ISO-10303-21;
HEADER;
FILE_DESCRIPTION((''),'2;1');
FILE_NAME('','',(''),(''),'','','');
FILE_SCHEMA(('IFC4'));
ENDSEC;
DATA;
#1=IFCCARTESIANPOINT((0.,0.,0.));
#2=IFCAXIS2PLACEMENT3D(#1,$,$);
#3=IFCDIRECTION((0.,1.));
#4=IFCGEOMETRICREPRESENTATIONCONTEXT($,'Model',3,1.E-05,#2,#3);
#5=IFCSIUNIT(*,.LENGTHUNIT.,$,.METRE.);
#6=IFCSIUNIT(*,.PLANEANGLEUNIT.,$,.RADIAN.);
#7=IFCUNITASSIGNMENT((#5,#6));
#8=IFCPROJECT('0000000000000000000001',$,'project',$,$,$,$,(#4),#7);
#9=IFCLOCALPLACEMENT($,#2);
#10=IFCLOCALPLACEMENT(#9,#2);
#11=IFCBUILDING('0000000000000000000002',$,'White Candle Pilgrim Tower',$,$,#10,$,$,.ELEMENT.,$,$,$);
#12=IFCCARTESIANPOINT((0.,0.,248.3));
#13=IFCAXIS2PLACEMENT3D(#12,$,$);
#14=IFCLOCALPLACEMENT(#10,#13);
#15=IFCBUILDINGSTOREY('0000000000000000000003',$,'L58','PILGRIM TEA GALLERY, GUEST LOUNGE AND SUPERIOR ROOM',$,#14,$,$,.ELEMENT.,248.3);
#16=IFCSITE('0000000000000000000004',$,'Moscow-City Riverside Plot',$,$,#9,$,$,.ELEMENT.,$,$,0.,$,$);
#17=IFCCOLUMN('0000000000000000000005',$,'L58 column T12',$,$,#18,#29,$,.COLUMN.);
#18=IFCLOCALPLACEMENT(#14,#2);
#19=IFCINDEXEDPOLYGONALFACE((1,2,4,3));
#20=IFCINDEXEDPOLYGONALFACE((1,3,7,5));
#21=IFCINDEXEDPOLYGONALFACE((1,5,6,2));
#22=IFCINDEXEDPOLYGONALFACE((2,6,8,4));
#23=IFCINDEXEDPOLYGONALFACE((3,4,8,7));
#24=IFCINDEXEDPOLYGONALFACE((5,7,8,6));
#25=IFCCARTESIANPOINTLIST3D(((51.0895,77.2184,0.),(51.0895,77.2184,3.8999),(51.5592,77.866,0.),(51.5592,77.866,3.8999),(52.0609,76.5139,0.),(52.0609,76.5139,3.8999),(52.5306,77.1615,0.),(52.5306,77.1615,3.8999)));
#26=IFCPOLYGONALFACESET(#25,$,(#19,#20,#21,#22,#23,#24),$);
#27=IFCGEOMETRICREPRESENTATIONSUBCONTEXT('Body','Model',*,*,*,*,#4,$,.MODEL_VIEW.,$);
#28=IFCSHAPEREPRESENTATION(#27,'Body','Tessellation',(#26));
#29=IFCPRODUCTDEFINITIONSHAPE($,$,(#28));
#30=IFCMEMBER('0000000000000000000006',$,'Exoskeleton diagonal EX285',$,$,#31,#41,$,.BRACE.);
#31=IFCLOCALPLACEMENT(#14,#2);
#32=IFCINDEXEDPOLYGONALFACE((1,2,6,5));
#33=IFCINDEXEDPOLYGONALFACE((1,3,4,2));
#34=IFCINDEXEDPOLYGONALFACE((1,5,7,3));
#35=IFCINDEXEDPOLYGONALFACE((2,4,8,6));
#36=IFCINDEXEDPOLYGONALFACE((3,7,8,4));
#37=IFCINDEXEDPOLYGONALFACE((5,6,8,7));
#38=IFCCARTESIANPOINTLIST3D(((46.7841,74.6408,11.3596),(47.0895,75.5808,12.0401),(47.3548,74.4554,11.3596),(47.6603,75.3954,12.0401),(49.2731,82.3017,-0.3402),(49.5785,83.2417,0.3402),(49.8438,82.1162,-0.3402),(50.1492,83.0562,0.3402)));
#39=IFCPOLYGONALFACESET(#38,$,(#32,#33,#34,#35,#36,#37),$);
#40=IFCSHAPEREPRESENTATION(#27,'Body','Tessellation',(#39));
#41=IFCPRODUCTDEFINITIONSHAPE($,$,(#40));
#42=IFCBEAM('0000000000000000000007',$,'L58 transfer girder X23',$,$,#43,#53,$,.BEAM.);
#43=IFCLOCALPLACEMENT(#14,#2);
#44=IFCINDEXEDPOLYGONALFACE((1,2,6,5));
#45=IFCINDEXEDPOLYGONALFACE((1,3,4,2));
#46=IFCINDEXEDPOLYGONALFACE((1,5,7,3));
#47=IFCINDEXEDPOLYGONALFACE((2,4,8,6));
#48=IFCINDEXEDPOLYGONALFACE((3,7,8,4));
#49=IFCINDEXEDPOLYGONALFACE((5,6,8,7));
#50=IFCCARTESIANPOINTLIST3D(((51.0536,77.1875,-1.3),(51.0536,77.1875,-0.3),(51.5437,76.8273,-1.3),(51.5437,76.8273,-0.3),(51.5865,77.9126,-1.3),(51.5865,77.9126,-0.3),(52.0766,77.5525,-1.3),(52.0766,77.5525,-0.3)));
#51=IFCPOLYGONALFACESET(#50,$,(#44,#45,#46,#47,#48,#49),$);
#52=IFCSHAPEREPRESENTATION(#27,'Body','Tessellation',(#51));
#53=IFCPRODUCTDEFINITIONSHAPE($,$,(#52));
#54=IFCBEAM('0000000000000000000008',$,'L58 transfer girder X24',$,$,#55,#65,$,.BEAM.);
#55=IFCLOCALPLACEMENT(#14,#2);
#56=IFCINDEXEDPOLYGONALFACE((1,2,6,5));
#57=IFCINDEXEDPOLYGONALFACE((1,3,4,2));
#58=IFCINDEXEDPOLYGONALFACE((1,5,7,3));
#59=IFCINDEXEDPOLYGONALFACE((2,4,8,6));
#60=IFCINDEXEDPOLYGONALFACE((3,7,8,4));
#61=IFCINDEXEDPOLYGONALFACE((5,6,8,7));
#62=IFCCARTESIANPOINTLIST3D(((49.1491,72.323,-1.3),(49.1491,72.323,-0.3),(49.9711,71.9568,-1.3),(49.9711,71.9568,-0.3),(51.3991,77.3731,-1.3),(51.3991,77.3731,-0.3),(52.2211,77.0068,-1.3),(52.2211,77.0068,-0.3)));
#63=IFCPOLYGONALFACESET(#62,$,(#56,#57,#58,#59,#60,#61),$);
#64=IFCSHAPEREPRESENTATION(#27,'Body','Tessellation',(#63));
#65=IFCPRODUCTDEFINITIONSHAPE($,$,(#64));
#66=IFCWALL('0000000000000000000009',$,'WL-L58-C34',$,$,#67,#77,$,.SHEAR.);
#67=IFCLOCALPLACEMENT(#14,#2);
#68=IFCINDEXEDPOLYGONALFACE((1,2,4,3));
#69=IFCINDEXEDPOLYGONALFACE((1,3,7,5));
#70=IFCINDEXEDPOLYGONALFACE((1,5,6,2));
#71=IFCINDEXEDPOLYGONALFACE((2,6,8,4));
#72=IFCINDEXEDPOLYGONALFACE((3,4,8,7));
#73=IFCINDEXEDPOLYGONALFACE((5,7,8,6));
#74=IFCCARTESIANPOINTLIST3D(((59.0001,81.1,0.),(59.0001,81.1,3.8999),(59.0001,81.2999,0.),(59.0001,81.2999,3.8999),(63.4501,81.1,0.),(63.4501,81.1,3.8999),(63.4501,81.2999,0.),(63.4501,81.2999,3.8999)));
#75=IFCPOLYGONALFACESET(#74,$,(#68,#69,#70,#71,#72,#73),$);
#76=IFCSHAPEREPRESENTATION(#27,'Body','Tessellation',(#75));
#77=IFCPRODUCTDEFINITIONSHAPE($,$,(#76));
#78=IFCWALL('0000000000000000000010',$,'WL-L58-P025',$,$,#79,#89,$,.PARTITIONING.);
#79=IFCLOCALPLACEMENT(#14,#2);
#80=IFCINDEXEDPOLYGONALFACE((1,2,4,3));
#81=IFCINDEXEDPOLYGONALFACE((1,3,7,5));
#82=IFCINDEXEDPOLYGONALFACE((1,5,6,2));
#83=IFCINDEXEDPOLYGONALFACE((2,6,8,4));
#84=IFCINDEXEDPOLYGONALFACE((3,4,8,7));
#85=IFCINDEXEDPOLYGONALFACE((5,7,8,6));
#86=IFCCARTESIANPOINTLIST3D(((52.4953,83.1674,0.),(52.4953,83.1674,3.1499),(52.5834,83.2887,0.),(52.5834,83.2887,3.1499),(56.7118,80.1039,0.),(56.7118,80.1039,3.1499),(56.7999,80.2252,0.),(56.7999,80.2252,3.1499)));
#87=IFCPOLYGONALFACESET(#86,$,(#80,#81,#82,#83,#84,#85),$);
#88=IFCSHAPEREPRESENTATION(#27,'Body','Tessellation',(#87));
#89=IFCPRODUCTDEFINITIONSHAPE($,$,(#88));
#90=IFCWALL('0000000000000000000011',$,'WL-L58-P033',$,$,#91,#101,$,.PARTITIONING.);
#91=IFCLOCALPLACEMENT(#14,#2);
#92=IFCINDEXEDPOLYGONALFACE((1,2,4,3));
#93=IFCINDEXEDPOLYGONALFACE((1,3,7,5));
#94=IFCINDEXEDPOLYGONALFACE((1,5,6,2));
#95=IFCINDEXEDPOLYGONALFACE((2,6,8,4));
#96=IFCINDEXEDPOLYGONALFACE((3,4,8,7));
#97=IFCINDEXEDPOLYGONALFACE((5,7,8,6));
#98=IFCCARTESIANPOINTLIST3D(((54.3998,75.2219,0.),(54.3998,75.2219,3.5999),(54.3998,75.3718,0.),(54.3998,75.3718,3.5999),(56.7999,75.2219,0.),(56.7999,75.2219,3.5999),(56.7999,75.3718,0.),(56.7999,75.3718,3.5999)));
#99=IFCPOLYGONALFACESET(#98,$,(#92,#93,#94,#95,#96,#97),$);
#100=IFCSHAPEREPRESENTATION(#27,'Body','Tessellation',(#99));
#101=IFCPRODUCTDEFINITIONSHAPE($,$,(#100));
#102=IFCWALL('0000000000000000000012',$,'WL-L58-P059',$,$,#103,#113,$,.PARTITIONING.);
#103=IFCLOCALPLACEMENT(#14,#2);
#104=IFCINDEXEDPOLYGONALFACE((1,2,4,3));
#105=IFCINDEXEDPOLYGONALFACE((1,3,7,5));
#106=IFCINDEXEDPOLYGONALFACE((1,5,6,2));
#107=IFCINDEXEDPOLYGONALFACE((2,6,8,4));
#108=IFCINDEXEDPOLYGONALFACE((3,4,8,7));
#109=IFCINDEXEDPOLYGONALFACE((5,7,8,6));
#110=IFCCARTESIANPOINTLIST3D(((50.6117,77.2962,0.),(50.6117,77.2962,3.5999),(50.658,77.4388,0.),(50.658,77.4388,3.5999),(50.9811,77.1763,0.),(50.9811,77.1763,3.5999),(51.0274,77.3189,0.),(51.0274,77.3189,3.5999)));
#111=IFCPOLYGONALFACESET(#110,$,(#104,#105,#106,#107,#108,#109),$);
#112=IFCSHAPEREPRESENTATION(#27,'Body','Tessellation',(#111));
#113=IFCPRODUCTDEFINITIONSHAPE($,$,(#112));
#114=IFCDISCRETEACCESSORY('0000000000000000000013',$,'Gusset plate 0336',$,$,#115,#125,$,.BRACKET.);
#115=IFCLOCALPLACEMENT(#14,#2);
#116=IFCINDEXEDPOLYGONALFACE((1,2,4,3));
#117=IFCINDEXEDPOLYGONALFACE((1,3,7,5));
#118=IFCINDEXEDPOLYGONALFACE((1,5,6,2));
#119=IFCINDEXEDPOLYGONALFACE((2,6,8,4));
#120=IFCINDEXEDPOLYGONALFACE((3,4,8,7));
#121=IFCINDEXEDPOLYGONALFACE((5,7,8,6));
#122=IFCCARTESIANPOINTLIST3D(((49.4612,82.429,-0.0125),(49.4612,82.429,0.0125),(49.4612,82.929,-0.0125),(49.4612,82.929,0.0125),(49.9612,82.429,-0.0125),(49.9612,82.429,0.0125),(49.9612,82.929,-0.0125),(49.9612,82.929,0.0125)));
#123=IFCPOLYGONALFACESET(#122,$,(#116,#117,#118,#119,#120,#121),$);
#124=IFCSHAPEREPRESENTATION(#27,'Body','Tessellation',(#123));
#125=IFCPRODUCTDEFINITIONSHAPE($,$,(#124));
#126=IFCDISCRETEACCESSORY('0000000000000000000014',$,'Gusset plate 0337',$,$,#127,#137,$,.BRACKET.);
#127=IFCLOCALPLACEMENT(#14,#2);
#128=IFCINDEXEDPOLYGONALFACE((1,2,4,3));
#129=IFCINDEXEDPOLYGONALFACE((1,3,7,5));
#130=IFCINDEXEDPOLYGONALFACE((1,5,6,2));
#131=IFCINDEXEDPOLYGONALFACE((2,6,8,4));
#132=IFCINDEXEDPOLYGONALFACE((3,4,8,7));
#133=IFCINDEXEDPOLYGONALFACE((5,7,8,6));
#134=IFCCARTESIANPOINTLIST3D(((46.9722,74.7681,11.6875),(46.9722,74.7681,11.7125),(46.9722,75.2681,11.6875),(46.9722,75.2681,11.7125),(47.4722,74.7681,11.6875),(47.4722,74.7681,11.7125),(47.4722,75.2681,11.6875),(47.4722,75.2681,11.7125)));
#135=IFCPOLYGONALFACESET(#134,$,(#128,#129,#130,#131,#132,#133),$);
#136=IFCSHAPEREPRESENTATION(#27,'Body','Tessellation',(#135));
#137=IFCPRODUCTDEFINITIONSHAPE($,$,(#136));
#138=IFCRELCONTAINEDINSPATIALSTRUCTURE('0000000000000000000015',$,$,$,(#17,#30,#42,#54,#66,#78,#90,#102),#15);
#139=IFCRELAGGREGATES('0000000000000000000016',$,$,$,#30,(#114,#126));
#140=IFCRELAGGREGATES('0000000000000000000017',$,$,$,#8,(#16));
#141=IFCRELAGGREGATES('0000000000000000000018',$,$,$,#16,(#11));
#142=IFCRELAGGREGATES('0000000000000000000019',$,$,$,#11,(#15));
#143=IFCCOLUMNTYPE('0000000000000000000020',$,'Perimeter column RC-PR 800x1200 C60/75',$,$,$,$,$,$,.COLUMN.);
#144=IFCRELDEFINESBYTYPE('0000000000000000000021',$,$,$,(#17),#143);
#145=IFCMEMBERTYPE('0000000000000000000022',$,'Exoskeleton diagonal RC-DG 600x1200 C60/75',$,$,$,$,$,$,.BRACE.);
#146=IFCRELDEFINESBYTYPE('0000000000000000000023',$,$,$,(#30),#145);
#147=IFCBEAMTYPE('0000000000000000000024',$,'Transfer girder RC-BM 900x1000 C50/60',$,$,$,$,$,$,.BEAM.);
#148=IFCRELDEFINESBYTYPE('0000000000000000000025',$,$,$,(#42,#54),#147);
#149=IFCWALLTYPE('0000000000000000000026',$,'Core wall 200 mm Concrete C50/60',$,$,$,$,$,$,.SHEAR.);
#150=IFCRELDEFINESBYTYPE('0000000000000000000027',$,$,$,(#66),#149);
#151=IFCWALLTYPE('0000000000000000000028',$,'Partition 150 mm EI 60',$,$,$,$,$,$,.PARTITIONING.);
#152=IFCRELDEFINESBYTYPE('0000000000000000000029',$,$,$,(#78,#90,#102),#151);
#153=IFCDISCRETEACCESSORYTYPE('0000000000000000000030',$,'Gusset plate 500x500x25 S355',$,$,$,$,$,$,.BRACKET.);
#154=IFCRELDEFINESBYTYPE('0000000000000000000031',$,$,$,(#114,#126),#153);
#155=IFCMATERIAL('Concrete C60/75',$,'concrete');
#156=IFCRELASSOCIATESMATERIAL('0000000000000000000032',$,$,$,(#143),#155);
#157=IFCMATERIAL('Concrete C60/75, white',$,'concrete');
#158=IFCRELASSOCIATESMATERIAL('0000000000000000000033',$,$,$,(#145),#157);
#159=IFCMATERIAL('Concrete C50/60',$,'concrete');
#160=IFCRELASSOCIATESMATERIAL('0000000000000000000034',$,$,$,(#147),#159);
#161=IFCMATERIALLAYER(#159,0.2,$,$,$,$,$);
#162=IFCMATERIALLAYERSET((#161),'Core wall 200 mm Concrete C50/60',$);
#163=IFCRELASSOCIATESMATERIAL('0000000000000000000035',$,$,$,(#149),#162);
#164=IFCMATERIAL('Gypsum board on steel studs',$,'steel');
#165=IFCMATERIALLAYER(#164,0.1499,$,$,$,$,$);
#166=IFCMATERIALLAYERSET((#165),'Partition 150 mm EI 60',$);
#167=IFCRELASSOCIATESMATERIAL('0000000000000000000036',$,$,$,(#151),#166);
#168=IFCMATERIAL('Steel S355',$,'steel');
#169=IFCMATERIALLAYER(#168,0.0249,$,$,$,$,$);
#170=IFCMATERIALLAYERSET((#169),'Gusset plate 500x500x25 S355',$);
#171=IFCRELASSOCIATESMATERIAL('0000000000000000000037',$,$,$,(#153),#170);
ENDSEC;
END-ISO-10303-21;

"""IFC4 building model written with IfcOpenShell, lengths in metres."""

from ifc_helpers import new_model, si_unit, direction, frame, frame_2d, origin, origin_2d, place, context, subcontext, project, spatial, rectangle, extrude, material, layer, layer_set, material_profile, profile_set, type_object, element, aggregate, save


model = new_model("IFC4")

# Units and contexts
model_context = context("Model", 3, precision=1e-05, world=origin(), true_north=direction((0.0, 1.0)))
body_context = subcontext(model_context, "Body", "Model", "MODEL_VIEW")
ifc_project = project(units=[si_unit("LENGTHUNIT", "METRE"), si_unit("PLANEANGLEUNIT", "RADIAN")], contexts=[model_context])

# Site, building, storey
site_placement = place(None, origin())
site = spatial("IfcSite", under=ifc_project, at=site_placement, Name="Moscow-City Riverside Plot", CompositionType="ELEMENT", RefElevation=0.0)
building_placement = place(site_placement, origin())
building = spatial("IfcBuilding", under=site, at=building_placement, Name="White Candle Pilgrim Tower", CompositionType="ELEMENT")
storey_placement = place(building_placement, frame((0.0, 0.0, 248.3)))
storey = spatial("IfcBuildingStorey", under=building, at=storey_placement, Name="L58", Description="PILGRIM TEA GALLERY, GUEST LOUNGE AND SUPERIOR ROOM", CompositionType="ELEMENT", Elevation=248.3)

# Column
ifc_material_1 = material(Name="Concrete C60/75", Category="concrete")
ifc_material_profile_1 = material_profile(ifc_material_1, rectangle(XDim=0.8, YDim=1.2, at=origin_2d()), Name="RC-PR 800x1200")
ifc_profile_set_1 = profile_set([ifc_material_profile_1], Name="Concrete C60/75")
column_type = type_object("IfcColumnType", Name="Perimeter column RC-PR 800x1200 C60/75", PredefinedType="COLUMN", material=ifc_profile_set_1)
column_placement = place(storey_placement, frame((51.8101, 77.1899, 0.0), z_axis=(0.0, 0.0, 1.0), x_axis=(0.587107, 0.809509, 0.0)))
element("IfcColumn", 1, at=column_placement, inside=storey, type_object=column_type, Name="L58 column T12", PredefinedType="COLUMN", context=body_context, shape_type="SweptSolid", body=[
    extrude(rectangle(XDim=0.8, YDim=1.2, at=origin_2d()), origin(), (0.0, 0.0, 1.0), 3.8999),
])

# Member
ifc_material_2 = material(Name="Concrete C60/75, white", Category="concrete")
ifc_material_profile_2 = material_profile(ifc_material_2, rectangle(XDim=0.6001, YDim=1.2, at=origin_2d()), Name="RC-DG 600x1200")
ifc_profile_set_2 = profile_set([ifc_material_profile_2], Name="Concrete C60/75, white")
member_type = type_object("IfcMemberType", Name="Exoskeleton diagonal RC-DG 600x1200 C60/75", PredefinedType="BRACE", material=ifc_profile_set_2)
member_placement = place(storey_placement, frame((49.7112, 82.679, 0.0), z_axis=(-0.175225, -0.539321, 0.823668), x_axis=(0.951062, -0.308999, 0.0)))
member = element("IfcMember", 2, at=member_placement, inside=storey, type_object=member_type, Name="Exoskeleton diagonal EX285", PredefinedType="BRACE", context=body_context, shape_type="SweptSolid", body=[
    extrude(rectangle(XDim=0.6001, YDim=1.2, at=origin_2d()), origin(), (0.0, 0.0, 1.0), 14.2046),
])

# Beams
ifc_material_3 = material(Name="Concrete C50/60", Category="concrete")
ifc_material_profile_3 = material_profile(ifc_material_3, rectangle(XDim=0.8999, YDim=1.0, at=origin_2d()), Name="RC-BM 900x1000")
ifc_profile_set_3 = profile_set([ifc_material_profile_3], Name="Concrete C50/60")
beam_type = type_object("IfcBeamType", Name="Transfer girder RC-BM 900x1000 C50/60", PredefinedType="BEAM", material=ifc_profile_set_3)
beam_1_placement = place(storey_placement, frame((51.3201, 77.55, -0.8), z_axis=(0.805792, -0.592199, 0.0), x_axis=(0.592199, 0.805792, 0.0)))
element("IfcBeam", 3, at=beam_1_placement, inside=storey, type_object=beam_type, Name="L58 transfer girder X23", PredefinedType="BEAM", context=body_context, shape_type="SweptSolid", body=[
    extrude(rectangle(XDim=0.8999, YDim=1.0, at=origin_2d()), origin(), (0.0, 0.0, 1.0), 0.6082),
])
beam_2_placement = place(storey_placement, frame((51.8101, 77.1899, -0.8), z_axis=(-0.406974, -0.91344, 0.0), x_axis=(0.91344, -0.406974, 0.0)))
element("IfcBeam", 4, at=beam_2_placement, inside=storey, type_object=beam_type, Name="L58 transfer girder X24", PredefinedType="BEAM", context=body_context, shape_type="SweptSolid", body=[
    extrude(rectangle(XDim=0.8999, YDim=1.0, at=origin_2d()), origin(), (0.0, 0.0, 1.0), 5.5286),
])

# Walls
ifc_layer_1 = layer(ifc_material_3, 0.2)
ifc_layer_set_1 = layer_set([ifc_layer_1], Name="Core wall 200 mm Concrete C50/60")
wall_type_1 = type_object("IfcWallType", Name="Core wall 200 mm Concrete C50/60", PredefinedType="SHEAR", material=ifc_layer_set_1)
wall_1_placement = place(storey_placement, frame((59.0, 81.2, 0.0), z_axis=(0.0, 0.0, 1.0), x_axis=(1.0, 0.0, 0.0)))
element("IfcWall", 5, at=wall_1_placement, inside=storey, type_object=wall_type_1, Name="WL-L58-C34", PredefinedType="SHEAR", context=body_context, shape_type="SweptSolid", body=[
    extrude(rectangle(XDim=4.45, YDim=0.2, at=frame_2d((2.2251, 0.0))), origin(), (0.0, 0.0, 1.0), 3.8999),
])
ifc_material_4 = material(Name="Gypsum board on steel studs", Category="steel")
ifc_layer_2 = layer(ifc_material_4, 0.1499)
ifc_layer_set_2 = layer_set([ifc_layer_2], Name="Partition 150 mm EI 60")
wall_type_2 = type_object("IfcWallType", Name="Partition 150 mm EI 60", PredefinedType="PARTITIONING", material=ifc_layer_set_2)
wall_2_placement = place(storey_placement, frame((52.5393, 83.228, 0.0), z_axis=(0.0, 0.0, 1.0), x_axis=(0.80902, -0.587782, 0.0)))
element("IfcWall", 6, at=wall_2_placement, inside=storey, type_object=wall_type_2, Name="WL-L58-P025", PredefinedType="PARTITIONING", context=body_context, shape_type="SweptSolid", body=[
    extrude(rectangle(XDim=5.2119, YDim=0.1499, at=frame_2d((2.606, 0.0))), origin(), (0.0, 0.0, 1.0), 3.1499),
])
wall_3_placement = place(storey_placement, frame((56.8, 75.2969, 0.0), z_axis=(0.0, 0.0, 1.0), x_axis=(-1.0, 0.0, 0.0)))
element("IfcWall", 7, at=wall_3_placement, inside=storey, type_object=wall_type_2, Name="WL-L58-P033", PredefinedType="PARTITIONING", context=body_context, shape_type="SweptSolid", body=[
    extrude(rectangle(XDim=2.4001, YDim=0.1499, at=frame_2d((1.2002, 0.0))), origin(), (0.0, 0.0, 1.0), 3.5999),
])
wall_4_placement = place(storey_placement, frame((51.0044, 77.2476, 0.0), z_axis=(0.0, 0.0, 1.0), x_axis=(-0.951168, 0.308674, 0.0)))
element("IfcWall", 8, at=wall_4_placement, inside=storey, type_object=wall_type_2, Name="WL-L58-P059", PredefinedType="PARTITIONING", context=body_context, shape_type="SweptSolid", body=[
    extrude(rectangle(XDim=0.3884, YDim=0.1499, at=frame_2d((0.1943, 0.0))), origin(), (0.0, 0.0, 1.0), 3.5999),
])

# Discrete accessories
ifc_material_5 = material(Name="Steel S355", Category="steel")
ifc_layer_3 = layer(ifc_material_5, 0.0249)
ifc_layer_set_3 = layer_set([ifc_layer_3], Name="Gusset plate 500x500x25 S355")
discrete_accessory_type = type_object("IfcDiscreteAccessoryType", Name="Gusset plate 500x500x25 S355", PredefinedType="BRACKET", material=ifc_layer_set_3)
discrete_accessory_1_placement = place(storey_placement, frame((49.7112, 82.679, -0.0125), z_axis=(0.0, 0.0, 1.0), x_axis=(1.0, 0.0, 0.0)))
discrete_accessory_1 = element("IfcDiscreteAccessory", 9, at=discrete_accessory_1_placement, type_object=discrete_accessory_type, Name="Gusset plate 0336", PredefinedType="BRACKET", context=body_context, shape_type="SweptSolid", body=[
    extrude(rectangle(XDim=0.5, YDim=0.5, at=origin_2d()), origin(), (0.0, 0.0, 1.0), 0.0249),
])
placement = place(building_placement, frame((0.0, 0.0, 260.0)))
discrete_accessory_2_placement = place(placement, frame((47.2222, 75.0181, -0.0125), z_axis=(0.0, 0.0, 1.0), x_axis=(1.0, 0.0, 0.0)))
discrete_accessory_2 = element("IfcDiscreteAccessory", 10, at=discrete_accessory_2_placement, type_object=discrete_accessory_type, Name="Gusset plate 0337", PredefinedType="BRACKET", context=body_context, shape_type="SweptSolid", body=[
    extrude(rectangle(XDim=0.5, YDim=0.5, at=origin_2d()), origin(), (0.0, 0.0, 1.0), 0.0249),
])
aggregate(member, [discrete_accessory_1, discrete_accessory_2])

save(model, "model.ifc")
